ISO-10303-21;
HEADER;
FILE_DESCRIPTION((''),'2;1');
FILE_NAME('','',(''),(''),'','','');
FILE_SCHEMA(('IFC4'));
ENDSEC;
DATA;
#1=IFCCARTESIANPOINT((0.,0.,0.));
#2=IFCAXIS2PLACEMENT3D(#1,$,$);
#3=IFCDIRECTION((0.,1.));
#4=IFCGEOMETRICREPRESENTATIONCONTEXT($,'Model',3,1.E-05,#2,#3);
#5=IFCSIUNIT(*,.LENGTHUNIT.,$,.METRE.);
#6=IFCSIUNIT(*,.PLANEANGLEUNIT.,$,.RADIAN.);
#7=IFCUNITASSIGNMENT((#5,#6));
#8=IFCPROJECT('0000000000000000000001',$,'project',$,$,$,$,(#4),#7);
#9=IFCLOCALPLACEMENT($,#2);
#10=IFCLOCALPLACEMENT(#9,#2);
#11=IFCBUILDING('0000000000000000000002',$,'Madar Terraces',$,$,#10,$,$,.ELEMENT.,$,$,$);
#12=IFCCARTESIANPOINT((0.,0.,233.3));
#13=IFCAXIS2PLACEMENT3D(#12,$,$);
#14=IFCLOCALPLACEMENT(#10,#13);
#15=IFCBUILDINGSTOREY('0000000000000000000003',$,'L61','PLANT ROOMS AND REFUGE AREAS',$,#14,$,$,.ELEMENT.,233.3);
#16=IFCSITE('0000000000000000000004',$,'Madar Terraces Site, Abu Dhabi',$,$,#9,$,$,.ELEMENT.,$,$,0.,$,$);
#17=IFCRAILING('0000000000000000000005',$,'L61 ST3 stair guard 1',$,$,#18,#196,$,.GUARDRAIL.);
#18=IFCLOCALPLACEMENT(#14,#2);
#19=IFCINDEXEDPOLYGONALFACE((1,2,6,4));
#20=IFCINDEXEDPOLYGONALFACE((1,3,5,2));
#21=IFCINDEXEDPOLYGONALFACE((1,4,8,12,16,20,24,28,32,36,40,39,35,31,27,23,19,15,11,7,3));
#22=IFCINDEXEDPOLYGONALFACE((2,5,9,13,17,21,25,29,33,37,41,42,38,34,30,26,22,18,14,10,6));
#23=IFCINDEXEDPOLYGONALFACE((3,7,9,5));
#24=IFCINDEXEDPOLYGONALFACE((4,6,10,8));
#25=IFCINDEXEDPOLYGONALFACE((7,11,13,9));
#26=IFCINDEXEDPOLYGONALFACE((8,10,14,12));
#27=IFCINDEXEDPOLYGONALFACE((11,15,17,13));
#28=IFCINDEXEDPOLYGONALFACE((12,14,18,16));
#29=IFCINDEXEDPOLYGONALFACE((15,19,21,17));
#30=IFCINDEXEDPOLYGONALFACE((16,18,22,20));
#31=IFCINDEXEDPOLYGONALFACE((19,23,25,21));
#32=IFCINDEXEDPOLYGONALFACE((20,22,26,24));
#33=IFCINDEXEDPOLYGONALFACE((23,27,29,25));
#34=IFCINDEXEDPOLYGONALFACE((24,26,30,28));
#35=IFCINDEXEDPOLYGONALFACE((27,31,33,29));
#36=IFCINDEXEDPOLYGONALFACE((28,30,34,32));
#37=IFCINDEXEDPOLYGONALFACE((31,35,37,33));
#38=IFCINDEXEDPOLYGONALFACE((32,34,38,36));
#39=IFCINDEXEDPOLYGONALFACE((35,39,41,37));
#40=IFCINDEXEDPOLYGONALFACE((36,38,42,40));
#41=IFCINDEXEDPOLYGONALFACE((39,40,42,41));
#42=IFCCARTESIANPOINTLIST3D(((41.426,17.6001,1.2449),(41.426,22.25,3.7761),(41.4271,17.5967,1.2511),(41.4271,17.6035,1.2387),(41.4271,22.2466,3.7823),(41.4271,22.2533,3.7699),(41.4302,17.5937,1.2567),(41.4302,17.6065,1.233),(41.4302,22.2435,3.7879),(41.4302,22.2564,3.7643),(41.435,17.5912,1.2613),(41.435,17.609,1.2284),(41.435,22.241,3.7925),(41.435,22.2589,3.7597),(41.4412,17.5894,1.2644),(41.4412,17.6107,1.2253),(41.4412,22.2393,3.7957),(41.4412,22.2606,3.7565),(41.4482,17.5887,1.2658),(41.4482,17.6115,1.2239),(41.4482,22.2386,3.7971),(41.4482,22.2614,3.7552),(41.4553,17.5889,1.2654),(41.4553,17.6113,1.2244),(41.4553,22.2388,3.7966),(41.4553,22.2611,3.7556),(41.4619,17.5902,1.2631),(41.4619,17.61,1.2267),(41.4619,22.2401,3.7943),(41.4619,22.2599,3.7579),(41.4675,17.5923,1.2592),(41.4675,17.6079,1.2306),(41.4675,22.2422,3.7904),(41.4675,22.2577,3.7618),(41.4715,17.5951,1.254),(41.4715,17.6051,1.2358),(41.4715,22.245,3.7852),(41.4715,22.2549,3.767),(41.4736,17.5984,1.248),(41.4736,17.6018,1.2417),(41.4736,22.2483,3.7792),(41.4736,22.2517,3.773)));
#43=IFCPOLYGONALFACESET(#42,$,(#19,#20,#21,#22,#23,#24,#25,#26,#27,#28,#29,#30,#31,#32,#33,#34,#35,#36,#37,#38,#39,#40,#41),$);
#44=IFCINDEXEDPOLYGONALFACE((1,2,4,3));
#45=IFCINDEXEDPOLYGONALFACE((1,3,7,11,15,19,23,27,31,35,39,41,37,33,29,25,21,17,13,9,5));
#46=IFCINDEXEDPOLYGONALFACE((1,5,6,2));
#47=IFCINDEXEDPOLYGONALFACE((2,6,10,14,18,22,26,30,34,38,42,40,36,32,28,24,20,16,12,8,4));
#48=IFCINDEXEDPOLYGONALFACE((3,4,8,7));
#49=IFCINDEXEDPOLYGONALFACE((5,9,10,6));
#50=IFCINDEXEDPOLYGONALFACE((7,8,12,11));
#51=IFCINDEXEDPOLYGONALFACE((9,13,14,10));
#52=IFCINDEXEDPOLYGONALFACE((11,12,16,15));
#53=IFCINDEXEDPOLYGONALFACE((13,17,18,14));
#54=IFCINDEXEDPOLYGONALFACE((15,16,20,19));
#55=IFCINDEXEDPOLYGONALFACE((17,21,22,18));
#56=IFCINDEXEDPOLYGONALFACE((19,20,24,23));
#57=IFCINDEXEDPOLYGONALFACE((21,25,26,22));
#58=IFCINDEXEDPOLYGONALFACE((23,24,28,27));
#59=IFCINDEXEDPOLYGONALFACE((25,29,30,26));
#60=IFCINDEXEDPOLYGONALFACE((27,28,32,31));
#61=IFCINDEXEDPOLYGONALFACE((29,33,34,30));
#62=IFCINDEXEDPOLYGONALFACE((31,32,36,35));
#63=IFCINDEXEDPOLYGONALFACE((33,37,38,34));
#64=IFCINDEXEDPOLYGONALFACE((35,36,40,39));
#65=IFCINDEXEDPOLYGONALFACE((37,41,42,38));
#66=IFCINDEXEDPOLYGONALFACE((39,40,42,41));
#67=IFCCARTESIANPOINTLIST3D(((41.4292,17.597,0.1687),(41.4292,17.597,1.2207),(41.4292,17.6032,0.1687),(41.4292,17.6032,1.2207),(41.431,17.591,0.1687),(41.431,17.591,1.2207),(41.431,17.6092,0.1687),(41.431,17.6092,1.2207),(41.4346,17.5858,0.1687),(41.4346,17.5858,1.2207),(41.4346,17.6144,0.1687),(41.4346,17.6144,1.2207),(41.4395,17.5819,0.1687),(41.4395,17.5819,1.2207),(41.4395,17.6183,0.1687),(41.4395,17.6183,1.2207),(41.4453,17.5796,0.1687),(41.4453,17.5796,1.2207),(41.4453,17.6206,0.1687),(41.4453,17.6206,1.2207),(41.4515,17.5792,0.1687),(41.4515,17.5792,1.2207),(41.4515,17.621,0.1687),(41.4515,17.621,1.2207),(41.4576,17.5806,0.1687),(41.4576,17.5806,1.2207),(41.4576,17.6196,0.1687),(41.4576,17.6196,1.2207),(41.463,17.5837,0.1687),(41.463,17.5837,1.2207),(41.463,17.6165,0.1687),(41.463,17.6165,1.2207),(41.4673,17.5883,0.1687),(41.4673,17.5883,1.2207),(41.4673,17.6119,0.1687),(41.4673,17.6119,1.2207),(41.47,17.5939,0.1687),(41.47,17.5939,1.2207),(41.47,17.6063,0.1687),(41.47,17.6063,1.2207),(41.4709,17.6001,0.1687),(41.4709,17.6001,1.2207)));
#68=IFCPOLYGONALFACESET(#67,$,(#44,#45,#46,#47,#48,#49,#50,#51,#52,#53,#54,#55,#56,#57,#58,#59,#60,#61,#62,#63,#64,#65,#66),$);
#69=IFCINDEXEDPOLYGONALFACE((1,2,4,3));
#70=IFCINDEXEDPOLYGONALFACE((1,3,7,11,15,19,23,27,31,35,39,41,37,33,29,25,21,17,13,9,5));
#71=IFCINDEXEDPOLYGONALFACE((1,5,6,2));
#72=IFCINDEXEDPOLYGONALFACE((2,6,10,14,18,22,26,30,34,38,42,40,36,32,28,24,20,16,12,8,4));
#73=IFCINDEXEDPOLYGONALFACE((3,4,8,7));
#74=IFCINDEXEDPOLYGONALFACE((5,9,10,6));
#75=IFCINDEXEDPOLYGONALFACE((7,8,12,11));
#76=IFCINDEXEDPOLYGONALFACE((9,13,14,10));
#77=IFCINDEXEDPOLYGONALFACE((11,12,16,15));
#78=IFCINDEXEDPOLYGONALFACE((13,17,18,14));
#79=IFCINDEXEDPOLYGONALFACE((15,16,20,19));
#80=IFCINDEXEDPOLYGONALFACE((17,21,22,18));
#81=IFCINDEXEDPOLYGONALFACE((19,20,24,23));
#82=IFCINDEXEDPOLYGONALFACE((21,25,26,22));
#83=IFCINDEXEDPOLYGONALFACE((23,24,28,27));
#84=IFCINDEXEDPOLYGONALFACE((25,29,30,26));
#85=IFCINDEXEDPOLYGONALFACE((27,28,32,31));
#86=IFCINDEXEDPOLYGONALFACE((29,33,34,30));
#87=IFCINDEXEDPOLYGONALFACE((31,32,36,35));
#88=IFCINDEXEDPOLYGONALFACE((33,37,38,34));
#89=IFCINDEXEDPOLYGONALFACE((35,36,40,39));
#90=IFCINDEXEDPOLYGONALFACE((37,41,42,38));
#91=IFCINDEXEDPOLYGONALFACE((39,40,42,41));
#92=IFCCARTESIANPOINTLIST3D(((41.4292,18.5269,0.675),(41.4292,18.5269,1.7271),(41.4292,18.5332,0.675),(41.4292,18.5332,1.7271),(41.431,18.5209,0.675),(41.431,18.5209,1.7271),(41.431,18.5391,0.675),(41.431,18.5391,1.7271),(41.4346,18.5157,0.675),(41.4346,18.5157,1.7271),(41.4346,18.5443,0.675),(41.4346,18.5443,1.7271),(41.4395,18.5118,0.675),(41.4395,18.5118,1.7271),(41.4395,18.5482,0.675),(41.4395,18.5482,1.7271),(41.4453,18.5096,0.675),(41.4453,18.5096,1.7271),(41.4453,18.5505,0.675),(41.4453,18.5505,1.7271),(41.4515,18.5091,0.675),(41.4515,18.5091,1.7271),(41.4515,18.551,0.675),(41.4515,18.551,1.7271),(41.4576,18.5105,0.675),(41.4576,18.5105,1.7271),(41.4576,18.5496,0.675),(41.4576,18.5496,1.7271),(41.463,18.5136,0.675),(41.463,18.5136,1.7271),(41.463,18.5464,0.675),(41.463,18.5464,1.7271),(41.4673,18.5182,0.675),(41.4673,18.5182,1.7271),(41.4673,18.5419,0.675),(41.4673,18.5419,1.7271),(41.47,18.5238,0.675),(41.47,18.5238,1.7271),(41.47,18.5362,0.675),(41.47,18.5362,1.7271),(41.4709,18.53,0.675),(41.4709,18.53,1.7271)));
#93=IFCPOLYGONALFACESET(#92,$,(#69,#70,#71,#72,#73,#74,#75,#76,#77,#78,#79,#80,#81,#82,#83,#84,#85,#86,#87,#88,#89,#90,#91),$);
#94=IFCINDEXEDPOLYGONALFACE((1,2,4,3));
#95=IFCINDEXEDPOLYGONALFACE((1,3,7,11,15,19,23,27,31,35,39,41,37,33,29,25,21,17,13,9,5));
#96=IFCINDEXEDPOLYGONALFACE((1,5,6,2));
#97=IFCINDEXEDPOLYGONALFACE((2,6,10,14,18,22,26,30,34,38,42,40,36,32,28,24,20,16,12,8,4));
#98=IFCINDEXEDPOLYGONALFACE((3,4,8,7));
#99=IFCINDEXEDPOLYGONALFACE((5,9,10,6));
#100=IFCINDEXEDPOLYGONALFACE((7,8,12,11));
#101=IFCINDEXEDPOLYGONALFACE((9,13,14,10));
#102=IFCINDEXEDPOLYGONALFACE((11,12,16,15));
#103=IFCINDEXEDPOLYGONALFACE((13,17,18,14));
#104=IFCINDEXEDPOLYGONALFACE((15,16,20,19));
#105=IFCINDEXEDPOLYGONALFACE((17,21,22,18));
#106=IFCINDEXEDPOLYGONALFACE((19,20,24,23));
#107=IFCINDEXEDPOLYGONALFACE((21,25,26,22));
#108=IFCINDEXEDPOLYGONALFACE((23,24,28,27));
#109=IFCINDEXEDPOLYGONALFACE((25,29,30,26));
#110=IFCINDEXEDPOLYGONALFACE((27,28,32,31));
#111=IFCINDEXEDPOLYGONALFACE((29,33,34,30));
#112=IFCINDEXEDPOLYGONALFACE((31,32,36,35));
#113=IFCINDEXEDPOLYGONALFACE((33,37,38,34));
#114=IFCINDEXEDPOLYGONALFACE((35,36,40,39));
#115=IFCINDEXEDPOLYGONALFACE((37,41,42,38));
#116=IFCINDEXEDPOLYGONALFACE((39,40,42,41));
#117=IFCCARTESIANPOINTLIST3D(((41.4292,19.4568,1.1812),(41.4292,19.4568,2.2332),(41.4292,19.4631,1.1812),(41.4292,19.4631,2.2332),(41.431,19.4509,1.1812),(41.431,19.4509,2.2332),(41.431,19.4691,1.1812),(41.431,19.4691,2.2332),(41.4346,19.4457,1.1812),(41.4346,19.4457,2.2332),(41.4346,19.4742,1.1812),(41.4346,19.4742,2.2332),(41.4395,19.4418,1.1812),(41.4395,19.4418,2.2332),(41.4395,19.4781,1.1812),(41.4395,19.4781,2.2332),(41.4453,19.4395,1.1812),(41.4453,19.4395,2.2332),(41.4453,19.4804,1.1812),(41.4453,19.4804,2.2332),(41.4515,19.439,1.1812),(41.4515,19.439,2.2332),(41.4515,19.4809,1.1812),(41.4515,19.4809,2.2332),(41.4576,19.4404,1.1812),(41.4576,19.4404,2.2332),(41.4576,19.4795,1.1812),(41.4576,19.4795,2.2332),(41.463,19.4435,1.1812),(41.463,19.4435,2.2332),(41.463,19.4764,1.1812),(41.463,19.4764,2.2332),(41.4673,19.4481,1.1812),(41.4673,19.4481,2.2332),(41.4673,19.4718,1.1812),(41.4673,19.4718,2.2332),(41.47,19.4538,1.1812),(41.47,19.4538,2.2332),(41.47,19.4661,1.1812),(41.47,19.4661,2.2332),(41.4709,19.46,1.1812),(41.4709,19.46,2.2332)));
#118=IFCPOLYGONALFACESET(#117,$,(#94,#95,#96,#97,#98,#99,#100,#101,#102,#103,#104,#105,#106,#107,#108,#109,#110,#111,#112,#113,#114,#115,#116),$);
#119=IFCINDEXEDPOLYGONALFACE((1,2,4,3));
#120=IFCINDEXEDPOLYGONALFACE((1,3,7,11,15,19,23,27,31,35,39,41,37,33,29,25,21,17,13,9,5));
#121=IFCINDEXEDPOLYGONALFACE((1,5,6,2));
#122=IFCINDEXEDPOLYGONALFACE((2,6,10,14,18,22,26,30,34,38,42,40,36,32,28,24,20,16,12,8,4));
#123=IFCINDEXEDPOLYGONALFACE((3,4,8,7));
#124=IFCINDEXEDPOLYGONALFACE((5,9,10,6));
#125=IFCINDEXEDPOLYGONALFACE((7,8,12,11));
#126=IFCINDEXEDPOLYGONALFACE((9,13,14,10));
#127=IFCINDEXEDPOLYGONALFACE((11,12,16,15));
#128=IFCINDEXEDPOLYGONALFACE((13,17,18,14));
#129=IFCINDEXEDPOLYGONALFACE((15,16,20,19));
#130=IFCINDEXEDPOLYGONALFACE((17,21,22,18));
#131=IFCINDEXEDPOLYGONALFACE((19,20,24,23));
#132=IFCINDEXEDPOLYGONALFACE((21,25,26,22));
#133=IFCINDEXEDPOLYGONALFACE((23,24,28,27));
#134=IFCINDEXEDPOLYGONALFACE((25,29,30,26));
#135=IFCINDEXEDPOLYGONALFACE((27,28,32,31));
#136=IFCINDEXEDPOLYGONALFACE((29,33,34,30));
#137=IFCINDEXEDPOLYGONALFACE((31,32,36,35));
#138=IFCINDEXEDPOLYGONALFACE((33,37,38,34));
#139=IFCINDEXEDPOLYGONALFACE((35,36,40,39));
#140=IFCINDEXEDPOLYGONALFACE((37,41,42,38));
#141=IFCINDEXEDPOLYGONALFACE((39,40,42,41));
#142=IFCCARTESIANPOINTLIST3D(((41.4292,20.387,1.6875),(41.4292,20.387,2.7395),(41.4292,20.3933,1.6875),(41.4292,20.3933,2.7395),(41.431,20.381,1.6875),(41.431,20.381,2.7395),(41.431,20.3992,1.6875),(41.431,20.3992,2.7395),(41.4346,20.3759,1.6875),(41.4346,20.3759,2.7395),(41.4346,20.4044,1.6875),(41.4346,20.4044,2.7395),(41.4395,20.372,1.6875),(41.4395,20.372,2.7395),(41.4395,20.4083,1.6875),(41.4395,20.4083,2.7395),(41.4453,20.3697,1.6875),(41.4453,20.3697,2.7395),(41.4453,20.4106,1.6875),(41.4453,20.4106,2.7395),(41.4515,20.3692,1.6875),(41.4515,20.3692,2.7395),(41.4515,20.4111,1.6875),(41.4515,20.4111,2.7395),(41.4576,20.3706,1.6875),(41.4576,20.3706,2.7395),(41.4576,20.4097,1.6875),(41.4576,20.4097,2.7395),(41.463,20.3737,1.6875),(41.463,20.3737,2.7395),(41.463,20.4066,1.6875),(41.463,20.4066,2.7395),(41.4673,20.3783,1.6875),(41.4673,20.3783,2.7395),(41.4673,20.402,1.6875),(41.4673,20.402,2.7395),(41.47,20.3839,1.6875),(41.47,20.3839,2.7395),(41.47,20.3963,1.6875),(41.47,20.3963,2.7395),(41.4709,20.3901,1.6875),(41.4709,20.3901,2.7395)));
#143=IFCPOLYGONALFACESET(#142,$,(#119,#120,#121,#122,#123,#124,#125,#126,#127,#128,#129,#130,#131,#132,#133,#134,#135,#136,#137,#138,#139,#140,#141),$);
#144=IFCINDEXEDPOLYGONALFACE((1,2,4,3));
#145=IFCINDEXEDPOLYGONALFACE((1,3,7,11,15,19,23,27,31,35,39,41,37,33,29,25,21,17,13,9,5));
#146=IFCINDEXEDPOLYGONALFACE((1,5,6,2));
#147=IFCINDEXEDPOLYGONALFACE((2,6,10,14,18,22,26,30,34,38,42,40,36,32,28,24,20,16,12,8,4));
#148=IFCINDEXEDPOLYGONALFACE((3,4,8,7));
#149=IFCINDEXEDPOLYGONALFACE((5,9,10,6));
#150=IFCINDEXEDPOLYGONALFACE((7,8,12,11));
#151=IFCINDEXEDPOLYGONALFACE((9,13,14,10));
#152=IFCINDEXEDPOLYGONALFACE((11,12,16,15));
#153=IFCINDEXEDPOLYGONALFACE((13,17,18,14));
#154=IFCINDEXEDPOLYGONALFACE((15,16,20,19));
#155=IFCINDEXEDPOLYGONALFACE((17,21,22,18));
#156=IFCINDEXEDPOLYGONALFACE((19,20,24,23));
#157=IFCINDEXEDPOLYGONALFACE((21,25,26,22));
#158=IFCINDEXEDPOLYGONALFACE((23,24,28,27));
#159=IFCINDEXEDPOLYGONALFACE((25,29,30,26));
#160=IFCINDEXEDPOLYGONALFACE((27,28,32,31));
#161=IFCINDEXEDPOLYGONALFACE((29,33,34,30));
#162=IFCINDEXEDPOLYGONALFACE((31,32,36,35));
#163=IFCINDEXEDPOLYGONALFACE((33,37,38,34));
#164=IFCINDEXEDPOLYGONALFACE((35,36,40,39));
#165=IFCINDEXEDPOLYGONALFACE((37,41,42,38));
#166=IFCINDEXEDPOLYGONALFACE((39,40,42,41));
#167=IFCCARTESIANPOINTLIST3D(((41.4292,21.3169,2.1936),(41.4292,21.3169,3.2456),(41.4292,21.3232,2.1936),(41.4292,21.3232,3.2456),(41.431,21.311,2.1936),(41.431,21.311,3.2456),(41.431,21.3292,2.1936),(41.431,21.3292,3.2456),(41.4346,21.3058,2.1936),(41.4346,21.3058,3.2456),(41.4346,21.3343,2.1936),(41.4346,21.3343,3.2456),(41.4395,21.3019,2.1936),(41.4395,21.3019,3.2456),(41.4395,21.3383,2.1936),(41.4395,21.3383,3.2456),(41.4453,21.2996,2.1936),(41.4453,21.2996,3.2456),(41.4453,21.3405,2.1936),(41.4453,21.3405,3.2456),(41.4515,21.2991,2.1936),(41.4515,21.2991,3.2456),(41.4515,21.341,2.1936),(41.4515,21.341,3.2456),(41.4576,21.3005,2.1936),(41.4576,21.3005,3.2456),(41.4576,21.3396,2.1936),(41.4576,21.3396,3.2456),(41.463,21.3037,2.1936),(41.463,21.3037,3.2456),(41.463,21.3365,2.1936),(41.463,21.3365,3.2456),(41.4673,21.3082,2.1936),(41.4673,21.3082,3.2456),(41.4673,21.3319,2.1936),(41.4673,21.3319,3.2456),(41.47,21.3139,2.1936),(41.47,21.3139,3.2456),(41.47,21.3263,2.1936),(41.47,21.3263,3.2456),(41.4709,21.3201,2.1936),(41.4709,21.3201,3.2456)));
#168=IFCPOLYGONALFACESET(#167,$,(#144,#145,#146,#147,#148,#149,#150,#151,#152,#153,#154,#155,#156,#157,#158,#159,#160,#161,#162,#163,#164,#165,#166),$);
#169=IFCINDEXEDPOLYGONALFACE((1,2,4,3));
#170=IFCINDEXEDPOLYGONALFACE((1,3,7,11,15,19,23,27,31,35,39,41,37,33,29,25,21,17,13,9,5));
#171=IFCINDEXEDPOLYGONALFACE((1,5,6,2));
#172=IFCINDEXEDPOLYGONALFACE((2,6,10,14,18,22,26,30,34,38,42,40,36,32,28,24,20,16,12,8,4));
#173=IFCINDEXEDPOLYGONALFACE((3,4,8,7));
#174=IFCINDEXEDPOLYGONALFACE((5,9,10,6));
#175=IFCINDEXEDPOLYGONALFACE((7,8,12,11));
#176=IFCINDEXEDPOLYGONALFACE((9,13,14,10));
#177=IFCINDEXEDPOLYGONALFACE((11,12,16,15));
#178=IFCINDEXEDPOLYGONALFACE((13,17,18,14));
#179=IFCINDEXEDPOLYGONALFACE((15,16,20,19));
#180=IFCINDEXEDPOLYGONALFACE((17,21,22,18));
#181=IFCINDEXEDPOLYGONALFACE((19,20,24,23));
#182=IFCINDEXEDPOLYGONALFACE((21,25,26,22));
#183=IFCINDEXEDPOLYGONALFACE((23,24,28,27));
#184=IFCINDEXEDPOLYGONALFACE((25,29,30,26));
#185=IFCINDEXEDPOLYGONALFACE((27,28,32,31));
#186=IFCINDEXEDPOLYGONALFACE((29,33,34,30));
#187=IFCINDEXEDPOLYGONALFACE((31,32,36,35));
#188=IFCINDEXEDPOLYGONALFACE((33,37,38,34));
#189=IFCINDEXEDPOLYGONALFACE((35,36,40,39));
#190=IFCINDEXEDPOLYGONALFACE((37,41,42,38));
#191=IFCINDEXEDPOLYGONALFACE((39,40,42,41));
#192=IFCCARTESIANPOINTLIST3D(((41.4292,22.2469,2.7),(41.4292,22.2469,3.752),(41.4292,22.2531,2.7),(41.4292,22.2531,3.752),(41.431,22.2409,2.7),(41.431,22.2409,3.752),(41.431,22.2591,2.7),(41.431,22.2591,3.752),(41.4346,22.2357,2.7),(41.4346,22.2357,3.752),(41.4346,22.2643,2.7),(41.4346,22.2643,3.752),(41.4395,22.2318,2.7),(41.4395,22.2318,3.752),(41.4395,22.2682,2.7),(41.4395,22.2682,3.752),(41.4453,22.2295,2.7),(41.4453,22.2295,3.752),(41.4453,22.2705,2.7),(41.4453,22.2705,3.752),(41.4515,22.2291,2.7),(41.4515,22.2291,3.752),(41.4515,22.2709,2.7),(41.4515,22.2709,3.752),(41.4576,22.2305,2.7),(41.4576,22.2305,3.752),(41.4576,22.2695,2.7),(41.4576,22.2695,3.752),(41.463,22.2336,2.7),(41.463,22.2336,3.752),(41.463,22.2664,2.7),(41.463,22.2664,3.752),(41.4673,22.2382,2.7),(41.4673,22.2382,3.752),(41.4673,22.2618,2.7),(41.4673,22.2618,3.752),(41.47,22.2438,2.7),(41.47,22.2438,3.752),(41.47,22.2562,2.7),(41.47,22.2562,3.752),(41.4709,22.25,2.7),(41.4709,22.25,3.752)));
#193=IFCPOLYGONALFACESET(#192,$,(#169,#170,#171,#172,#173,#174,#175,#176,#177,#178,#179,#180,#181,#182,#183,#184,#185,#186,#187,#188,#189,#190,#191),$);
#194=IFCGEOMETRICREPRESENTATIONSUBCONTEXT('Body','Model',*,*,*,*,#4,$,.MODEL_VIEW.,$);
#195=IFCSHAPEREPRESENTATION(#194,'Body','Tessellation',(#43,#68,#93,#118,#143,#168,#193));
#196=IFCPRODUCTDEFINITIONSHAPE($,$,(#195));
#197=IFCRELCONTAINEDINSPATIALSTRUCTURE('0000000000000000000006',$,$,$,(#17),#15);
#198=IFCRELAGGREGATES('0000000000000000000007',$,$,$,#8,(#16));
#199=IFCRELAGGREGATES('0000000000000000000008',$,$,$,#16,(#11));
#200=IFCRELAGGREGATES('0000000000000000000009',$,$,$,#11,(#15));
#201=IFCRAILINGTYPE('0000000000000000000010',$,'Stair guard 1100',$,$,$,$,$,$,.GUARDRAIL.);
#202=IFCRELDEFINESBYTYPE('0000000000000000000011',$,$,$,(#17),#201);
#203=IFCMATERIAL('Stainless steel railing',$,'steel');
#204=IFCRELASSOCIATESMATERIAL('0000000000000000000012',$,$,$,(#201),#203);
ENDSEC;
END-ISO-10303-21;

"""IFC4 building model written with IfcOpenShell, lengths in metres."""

from ifc_helpers import new_model, si_unit, direction, frame, origin, origin_2d, place, context, subcontext, project, spatial, circle, extrude, material, type_object, element, save


model = new_model("IFC4")

# Units and contexts
model_context = context("Model", 3, precision=1e-05, world=origin(), true_north=direction((0.0, 1.0)))
body_context = subcontext(model_context, "Body", "Model", "MODEL_VIEW")
ifc_project = project(units=[si_unit("LENGTHUNIT", "METRE"), si_unit("PLANEANGLEUNIT", "RADIAN")], contexts=[model_context])

# Site, building, storey
site_placement = place(None, origin())
site = spatial("IfcSite", under=ifc_project, at=site_placement, Name="Madar Terraces Site, Abu Dhabi", CompositionType="ELEMENT", RefElevation=0.0)
building_placement = place(site_placement, origin())
building = spatial("IfcBuilding", under=site, at=building_placement, Name="Madar Terraces", CompositionType="ELEMENT")
storey_placement = place(building_placement, frame((0.0, 0.0, 233.3)))
storey = spatial("IfcBuildingStorey", under=building, at=storey_placement, Name="L61", Description="PLANT ROOMS AND REFUGE AREAS", CompositionType="ELEMENT", Elevation=233.3)

# Railing
ifc_material_1 = material(Name="Stainless steel railing", Category="steel")
railing_type_1 = type_object("IfcRailingType", Name="Stair guard 1100", PredefinedType="GUARDRAIL", material=ifc_material_1)
railing_1_placement = place(storey_placement, frame((41.45, 17.6001, 0.1687)))
element("IfcRailing", 1, at=railing_1_placement, inside=storey, type_object=railing_type_1, Name="L61 ST3 stair guard 1", PredefinedType="GUARDRAIL", context=body_context, shape_type="SweptSolid", body=[
    extrude(circle(Radius=0.0239, at=origin_2d()), frame((0.0, 0.0, 1.0762), z_axis=(0.0, 0.878297, 0.478115), x_axis=(-1.0, 0.0, 0.0)), (0.0, 0.0, 1.0), 5.2942),
    extrude(circle(Radius=0.021, at=origin_2d()), origin(), (0.0, 0.0, 1.0), 1.052),
    extrude(circle(Radius=0.021, at=origin_2d()), frame((0.0, 0.9299, 0.5063)), (0.0, 0.0, 1.0), 1.052),
    extrude(circle(Radius=0.021, at=origin_2d()), frame((0.0, 1.8599, 1.0125)), (0.0, 0.0, 1.0), 1.052),
    extrude(circle(Radius=0.021, at=origin_2d()), frame((0.0, 2.79, 1.5188)), (0.0, 0.0, 1.0), 1.052),
    extrude(circle(Radius=0.021, at=origin_2d()), frame((0.0, 3.72, 2.0249)), (0.0, 0.0, 1.0), 1.052),
    extrude(circle(Radius=0.021, at=origin_2d()), frame((0.0, 4.6499, 2.5312)), (0.0, 0.0, 1.0), 1.052),
])

save(model, "model.ifc")
